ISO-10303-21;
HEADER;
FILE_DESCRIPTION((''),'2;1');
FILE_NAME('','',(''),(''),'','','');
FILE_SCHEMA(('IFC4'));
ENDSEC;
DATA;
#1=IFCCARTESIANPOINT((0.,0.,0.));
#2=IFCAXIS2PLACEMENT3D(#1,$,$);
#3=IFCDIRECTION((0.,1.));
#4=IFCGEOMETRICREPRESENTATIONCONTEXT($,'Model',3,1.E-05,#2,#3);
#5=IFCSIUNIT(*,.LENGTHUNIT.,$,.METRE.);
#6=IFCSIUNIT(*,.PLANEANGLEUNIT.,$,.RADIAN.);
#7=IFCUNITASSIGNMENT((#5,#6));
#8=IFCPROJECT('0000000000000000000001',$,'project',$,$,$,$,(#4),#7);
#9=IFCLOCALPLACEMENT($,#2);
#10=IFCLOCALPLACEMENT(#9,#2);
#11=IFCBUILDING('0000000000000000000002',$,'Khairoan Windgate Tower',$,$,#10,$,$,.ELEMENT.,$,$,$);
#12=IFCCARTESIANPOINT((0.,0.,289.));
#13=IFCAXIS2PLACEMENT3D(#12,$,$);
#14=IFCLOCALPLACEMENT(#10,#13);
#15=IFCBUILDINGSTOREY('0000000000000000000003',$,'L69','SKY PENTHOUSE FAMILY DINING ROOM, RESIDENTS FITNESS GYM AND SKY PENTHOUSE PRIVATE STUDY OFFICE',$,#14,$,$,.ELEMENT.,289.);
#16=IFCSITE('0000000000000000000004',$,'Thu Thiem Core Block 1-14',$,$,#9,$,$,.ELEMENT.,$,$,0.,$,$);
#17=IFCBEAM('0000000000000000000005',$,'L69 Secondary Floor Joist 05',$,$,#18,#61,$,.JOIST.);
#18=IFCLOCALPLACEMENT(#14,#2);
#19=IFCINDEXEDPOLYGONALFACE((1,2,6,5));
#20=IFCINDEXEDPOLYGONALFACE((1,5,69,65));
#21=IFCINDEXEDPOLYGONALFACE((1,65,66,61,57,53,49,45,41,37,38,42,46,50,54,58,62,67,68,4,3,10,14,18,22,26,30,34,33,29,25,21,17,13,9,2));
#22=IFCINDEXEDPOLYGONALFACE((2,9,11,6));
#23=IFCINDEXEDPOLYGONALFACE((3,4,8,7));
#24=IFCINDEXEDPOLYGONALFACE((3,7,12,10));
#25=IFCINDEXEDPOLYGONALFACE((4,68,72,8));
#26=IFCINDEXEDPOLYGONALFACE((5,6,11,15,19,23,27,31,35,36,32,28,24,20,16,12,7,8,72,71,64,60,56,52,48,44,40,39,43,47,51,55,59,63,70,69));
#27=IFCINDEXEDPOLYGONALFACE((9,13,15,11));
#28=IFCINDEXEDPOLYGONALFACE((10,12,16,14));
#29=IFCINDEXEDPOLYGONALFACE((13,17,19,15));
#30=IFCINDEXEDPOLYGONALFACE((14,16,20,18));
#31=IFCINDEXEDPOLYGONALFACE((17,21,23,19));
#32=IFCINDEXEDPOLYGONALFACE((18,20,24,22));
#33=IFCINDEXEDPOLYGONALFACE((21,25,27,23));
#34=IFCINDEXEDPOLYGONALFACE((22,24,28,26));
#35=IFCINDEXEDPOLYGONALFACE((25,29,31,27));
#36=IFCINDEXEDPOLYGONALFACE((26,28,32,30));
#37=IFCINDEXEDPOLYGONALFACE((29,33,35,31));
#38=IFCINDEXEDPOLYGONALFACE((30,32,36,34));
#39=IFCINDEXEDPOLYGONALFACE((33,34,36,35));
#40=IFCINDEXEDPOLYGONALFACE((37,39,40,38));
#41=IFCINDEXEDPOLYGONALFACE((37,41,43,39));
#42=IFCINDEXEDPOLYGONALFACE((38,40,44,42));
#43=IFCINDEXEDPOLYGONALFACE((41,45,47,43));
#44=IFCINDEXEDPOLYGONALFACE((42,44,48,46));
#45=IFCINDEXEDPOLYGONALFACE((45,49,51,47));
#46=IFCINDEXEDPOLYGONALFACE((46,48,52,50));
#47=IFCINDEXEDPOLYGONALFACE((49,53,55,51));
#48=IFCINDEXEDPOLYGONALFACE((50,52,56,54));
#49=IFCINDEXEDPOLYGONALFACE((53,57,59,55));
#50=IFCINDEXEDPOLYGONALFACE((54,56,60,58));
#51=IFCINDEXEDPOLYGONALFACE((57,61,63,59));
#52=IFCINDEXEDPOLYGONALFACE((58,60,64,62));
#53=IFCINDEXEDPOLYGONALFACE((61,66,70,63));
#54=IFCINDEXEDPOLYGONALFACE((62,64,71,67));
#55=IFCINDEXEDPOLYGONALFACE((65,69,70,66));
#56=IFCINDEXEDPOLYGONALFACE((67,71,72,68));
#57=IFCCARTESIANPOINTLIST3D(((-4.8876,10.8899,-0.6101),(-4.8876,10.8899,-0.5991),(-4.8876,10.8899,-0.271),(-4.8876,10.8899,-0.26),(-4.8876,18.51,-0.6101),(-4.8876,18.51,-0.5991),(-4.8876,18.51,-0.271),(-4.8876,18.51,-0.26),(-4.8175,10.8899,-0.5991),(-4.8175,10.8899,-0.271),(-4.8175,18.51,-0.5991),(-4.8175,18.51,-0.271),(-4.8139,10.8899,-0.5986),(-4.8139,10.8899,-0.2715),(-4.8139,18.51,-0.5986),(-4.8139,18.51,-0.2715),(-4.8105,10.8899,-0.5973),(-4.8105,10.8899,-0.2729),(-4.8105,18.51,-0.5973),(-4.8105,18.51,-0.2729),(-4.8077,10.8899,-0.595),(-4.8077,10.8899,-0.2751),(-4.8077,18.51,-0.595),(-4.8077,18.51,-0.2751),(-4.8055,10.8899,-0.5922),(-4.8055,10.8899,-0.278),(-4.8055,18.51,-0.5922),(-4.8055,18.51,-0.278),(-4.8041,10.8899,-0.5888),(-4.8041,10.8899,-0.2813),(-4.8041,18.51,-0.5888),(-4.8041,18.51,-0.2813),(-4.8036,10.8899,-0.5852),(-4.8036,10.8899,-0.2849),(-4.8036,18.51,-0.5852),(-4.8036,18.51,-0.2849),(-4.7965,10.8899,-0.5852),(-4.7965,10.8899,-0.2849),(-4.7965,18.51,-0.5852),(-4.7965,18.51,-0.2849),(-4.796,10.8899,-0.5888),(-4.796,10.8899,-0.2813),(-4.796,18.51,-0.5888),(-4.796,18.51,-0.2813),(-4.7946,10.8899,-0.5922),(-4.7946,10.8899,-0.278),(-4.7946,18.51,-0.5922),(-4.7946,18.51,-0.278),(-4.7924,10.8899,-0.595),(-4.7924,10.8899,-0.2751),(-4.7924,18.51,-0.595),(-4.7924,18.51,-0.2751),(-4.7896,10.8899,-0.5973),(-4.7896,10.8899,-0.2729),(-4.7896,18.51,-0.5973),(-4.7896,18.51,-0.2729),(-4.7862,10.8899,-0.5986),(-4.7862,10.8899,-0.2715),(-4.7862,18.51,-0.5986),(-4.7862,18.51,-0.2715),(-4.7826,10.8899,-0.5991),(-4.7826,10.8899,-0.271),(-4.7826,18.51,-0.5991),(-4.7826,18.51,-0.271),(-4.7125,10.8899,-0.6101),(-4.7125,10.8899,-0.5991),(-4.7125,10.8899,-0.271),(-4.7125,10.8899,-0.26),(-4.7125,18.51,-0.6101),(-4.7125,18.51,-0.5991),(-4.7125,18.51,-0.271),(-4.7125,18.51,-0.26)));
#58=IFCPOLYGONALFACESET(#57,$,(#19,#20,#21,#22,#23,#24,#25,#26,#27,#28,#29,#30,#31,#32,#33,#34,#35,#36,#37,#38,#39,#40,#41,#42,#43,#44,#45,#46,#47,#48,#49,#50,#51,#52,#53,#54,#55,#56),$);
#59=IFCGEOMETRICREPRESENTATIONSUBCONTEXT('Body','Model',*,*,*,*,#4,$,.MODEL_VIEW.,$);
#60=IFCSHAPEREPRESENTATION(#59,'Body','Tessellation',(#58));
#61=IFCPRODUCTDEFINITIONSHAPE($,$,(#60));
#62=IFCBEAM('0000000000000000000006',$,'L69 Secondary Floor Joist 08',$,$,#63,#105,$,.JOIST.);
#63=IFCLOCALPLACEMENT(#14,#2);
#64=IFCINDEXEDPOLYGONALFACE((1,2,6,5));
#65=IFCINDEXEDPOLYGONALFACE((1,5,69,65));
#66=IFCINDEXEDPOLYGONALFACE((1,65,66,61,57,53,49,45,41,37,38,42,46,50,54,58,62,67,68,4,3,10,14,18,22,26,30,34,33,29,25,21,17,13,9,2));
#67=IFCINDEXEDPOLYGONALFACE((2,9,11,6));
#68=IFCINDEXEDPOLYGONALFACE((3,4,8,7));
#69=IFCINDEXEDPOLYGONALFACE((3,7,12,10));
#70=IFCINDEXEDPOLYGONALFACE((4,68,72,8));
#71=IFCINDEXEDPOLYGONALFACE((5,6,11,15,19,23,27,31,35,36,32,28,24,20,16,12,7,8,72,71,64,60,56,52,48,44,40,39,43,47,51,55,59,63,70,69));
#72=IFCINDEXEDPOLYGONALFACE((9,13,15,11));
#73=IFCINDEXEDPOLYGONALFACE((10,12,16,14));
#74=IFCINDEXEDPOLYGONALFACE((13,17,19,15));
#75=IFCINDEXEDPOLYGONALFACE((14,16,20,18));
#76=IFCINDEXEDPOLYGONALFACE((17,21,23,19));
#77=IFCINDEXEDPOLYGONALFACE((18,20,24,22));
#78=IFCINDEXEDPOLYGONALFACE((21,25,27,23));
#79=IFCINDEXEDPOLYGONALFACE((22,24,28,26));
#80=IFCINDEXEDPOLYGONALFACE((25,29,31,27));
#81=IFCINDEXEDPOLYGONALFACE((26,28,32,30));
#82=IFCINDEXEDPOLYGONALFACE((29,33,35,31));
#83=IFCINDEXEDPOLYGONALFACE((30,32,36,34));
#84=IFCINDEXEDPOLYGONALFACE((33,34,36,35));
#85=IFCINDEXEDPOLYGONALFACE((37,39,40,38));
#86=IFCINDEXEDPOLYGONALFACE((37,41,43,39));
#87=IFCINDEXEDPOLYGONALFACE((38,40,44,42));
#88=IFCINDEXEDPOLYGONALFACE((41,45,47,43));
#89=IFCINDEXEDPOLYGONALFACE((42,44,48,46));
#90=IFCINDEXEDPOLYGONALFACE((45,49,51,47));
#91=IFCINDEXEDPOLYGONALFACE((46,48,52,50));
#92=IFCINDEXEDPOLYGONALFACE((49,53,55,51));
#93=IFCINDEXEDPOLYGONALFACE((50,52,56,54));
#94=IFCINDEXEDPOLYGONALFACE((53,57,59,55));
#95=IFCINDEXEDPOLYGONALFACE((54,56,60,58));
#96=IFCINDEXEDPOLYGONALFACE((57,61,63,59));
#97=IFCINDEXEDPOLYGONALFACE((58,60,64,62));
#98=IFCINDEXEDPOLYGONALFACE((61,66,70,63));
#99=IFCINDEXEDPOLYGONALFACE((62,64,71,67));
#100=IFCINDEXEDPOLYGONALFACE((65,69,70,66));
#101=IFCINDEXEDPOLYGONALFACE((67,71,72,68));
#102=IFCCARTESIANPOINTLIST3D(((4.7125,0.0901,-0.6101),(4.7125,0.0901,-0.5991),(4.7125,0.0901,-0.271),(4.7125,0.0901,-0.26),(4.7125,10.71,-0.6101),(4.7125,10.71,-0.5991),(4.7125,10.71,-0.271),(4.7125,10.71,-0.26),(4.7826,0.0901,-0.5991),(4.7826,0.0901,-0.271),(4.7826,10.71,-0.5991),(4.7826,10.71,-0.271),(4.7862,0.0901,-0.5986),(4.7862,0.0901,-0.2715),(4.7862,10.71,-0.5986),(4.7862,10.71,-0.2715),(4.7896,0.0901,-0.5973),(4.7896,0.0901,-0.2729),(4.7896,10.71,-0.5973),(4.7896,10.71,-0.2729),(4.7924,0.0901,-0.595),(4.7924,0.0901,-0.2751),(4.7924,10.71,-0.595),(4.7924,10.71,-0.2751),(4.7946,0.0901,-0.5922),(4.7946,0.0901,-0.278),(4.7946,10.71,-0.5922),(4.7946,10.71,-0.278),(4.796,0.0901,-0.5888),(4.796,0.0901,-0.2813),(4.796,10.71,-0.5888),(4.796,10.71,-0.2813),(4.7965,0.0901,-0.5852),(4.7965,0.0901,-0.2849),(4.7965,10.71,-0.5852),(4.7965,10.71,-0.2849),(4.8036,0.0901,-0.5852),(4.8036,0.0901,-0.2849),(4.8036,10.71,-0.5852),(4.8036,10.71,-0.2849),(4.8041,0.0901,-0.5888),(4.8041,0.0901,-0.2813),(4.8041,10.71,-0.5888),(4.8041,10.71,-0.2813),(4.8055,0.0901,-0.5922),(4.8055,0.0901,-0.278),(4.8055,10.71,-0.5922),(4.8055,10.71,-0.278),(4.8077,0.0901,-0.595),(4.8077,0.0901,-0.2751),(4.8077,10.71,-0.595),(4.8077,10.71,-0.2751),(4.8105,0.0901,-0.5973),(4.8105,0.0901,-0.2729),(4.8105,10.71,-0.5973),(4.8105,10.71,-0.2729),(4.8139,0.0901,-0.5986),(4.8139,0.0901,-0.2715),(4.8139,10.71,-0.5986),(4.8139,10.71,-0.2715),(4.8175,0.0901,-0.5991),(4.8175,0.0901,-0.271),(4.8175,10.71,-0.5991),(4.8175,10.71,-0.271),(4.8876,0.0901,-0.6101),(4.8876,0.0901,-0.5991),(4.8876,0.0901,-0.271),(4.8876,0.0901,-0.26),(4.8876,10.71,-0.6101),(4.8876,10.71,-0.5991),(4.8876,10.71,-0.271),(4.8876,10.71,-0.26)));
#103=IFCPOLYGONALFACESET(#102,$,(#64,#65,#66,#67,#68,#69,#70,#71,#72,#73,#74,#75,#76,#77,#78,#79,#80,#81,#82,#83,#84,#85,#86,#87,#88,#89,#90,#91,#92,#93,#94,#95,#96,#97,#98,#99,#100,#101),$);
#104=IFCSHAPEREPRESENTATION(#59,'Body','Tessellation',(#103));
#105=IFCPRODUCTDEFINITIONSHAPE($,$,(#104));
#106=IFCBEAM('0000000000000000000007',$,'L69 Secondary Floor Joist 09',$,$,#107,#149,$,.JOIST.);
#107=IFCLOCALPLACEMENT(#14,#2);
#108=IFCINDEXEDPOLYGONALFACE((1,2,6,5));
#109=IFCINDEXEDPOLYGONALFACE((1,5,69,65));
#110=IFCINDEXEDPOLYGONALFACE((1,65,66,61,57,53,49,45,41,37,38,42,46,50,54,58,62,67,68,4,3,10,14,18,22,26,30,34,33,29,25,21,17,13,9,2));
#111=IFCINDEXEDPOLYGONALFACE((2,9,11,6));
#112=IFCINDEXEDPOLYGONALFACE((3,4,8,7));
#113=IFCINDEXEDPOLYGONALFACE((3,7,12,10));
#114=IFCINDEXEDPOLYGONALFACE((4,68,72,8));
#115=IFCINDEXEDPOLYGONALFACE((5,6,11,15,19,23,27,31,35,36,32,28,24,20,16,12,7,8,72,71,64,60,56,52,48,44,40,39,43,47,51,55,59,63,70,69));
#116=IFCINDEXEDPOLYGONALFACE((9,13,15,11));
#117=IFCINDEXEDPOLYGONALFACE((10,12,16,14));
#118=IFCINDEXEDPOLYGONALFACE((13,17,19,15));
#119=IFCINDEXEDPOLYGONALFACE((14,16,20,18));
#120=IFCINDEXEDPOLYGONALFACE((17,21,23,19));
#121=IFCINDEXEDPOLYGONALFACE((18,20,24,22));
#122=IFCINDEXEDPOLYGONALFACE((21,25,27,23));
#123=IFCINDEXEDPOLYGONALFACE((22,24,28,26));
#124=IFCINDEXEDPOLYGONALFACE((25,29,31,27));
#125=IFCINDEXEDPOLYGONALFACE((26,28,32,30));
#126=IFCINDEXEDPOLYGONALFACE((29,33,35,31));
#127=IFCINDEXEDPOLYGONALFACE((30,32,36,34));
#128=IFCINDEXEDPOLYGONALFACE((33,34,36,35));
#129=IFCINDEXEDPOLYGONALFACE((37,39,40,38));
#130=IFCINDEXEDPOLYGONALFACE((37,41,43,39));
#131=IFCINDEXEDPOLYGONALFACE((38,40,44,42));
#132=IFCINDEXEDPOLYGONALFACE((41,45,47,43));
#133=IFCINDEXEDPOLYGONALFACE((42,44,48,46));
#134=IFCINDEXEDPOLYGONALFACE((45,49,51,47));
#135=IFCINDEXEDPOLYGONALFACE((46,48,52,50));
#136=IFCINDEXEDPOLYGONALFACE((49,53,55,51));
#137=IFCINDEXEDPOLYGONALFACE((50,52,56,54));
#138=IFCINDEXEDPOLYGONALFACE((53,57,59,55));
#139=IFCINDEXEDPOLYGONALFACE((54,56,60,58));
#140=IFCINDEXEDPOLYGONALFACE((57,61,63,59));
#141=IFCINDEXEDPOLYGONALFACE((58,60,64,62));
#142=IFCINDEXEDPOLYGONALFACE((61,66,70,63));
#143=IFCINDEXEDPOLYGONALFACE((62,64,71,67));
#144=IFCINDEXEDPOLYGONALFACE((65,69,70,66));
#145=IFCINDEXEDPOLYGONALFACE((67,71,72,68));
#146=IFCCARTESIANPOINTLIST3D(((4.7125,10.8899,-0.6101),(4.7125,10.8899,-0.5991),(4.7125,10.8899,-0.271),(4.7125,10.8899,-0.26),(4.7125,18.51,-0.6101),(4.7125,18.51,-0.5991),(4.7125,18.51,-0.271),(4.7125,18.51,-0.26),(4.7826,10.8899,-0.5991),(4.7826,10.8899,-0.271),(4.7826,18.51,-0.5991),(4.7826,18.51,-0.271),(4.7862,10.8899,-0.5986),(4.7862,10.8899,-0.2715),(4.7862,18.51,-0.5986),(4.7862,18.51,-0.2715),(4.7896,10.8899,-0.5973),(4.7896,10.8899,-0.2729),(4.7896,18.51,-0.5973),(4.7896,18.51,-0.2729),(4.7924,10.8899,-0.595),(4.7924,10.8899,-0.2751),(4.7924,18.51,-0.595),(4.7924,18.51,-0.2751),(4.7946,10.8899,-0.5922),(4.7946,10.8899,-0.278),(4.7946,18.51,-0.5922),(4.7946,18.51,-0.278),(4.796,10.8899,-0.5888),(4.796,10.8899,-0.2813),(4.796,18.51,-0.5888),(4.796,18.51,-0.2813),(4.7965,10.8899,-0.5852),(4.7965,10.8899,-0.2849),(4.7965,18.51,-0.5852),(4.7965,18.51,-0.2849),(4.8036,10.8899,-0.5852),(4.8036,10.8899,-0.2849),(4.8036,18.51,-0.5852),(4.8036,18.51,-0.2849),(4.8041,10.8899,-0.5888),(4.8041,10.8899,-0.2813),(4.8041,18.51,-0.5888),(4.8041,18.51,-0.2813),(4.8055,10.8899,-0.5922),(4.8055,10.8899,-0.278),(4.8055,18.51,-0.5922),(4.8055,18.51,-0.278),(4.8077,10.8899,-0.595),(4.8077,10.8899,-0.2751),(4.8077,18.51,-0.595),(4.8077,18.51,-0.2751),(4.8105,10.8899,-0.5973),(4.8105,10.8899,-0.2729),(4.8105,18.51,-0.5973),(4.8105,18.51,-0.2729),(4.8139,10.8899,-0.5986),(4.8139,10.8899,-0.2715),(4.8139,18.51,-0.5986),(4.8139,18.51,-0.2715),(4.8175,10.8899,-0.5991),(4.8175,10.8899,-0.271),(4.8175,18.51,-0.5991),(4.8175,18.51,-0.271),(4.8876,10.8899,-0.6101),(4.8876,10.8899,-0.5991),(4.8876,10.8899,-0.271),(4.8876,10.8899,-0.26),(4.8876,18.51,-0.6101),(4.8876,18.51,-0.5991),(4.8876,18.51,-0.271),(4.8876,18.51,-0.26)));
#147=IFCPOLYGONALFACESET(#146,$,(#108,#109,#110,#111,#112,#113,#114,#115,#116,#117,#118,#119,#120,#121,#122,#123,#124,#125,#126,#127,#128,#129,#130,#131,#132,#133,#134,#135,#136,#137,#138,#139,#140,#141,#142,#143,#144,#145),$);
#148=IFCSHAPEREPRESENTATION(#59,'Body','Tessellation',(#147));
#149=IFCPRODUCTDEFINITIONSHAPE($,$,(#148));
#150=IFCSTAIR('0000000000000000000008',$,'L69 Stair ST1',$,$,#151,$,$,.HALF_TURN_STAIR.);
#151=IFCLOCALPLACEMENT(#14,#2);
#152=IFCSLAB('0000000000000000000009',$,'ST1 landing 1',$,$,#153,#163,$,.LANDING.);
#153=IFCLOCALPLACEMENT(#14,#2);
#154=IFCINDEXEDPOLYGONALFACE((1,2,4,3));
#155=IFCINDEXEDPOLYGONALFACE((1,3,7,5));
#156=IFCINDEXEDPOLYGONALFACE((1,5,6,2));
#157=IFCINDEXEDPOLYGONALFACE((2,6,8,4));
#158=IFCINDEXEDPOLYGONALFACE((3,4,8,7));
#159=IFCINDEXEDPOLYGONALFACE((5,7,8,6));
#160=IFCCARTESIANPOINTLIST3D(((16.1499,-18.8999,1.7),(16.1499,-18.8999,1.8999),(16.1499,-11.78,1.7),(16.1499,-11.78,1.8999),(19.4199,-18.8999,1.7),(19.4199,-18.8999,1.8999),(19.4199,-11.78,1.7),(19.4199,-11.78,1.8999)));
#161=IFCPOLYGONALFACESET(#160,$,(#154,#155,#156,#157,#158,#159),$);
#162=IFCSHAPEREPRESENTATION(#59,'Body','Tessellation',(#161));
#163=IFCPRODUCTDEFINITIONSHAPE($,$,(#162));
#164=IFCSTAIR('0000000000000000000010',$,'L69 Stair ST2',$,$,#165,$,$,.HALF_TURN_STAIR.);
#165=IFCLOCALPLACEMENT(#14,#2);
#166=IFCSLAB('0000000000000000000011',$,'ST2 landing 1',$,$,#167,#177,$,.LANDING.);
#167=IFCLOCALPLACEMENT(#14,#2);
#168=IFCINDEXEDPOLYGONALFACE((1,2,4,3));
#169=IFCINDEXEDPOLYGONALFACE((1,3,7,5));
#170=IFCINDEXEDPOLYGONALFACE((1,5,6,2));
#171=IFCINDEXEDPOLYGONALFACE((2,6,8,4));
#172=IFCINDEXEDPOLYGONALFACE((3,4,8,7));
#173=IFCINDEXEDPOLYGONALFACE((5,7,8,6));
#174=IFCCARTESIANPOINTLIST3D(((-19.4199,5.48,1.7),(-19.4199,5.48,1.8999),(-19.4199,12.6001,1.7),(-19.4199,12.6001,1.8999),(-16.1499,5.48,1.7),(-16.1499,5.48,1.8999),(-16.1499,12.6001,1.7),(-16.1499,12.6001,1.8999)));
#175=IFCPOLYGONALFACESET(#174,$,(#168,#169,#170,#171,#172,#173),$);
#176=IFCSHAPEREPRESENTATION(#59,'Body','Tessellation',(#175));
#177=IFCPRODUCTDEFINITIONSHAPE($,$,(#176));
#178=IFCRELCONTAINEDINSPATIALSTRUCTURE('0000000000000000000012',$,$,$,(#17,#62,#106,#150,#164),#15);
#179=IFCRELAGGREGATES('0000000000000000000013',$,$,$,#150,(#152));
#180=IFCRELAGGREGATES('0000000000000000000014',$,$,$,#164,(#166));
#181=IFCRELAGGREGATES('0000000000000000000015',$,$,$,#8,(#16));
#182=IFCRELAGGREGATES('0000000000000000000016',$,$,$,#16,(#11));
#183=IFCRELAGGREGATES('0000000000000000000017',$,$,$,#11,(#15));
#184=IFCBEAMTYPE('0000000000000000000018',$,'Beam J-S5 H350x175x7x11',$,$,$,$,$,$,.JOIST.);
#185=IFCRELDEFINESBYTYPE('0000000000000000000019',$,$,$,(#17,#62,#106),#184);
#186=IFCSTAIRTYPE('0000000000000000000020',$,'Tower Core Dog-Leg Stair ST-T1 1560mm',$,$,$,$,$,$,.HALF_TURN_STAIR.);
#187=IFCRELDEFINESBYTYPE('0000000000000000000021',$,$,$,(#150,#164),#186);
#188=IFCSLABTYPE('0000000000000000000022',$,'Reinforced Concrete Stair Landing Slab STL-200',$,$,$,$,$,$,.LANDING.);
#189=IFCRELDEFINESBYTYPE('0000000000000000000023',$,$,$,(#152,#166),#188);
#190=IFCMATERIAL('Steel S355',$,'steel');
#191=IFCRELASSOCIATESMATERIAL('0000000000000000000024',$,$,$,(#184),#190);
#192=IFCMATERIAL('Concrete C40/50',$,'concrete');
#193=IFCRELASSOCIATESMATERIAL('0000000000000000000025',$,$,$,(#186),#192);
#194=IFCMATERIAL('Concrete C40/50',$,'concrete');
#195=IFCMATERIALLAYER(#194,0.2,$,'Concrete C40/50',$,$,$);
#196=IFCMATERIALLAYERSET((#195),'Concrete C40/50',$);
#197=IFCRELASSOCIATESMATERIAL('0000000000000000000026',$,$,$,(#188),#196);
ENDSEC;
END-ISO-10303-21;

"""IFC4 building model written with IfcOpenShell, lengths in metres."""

from ifc_helpers import new_model, si_unit, direction, frame, origin, origin_2d, place, context, subcontext, project, spatial, polyline, i_section, outline, extrude, material, layer, layer_set, material_profile, profile_set, type_object, element, aggregate, save


model = new_model("IFC4")

# Units and contexts
model_context = context("Model", 3, precision=1e-05, world=origin(), true_north=direction((0.0, 1.0)))
body_context = subcontext(model_context, "Body", "Model", "MODEL_VIEW")
ifc_project = project(units=[si_unit("LENGTHUNIT", "METRE"), si_unit("PLANEANGLEUNIT", "RADIAN")], contexts=[model_context])

# Site, building, storey
site_placement = place(None, origin())
site = spatial("IfcSite", under=ifc_project, at=site_placement, Name="Thu Thiem Core Block 1-14", CompositionType="ELEMENT", RefElevation=0.0)
building_placement = place(site_placement, origin())
building = spatial("IfcBuilding", under=site, at=building_placement, Name="Khairoan Windgate Tower", CompositionType="ELEMENT")
storey_placement = place(building_placement, frame((0.0, 0.0, 289.0)))
storey = spatial("IfcBuildingStorey", under=building, at=storey_placement, Name="L69", Description="SKY PENTHOUSE FAMILY DINING ROOM, RESIDENTS FITNESS GYM AND SKY PENTHOUSE PRIVATE STUDY OFFICE", CompositionType="ELEMENT", Elevation=289.0)

# Beams
ifc_material_1 = material(Name="Steel S355", Category="steel")
ifc_material_profile_1 = material_profile(ifc_material_1, i_section(OverallWidth=0.175, OverallDepth=0.3501, WebThickness=0.0071, FlangeThickness=0.011, FilletRadius=0.0139, at=origin_2d()))
ifc_profile_set_1 = profile_set([ifc_material_profile_1], Name="Steel S355")
beam_type_1 = type_object("IfcBeamType", Name="Beam J-S5 H350x175x7x11", PredefinedType="JOIST", material=ifc_profile_set_1)
beam_1_placement = place(storey_placement, frame((-4.8, 10.8899, -0.4351), z_axis=(0.0, 1.0, 0.0), x_axis=(-1.0, 0.0, 0.0)))
element("IfcBeam", 1, at=beam_1_placement, inside=storey, type_object=beam_type_1, Name="L69 Secondary Floor Joist 05", PredefinedType="JOIST", context=body_context, shape_type="SweptSolid", body=[
    extrude(i_section(OverallWidth=0.175, OverallDepth=0.3501, WebThickness=0.0071, FlangeThickness=0.011, FilletRadius=0.0139, at=origin_2d()), origin(), (0.0, 0.0, 1.0), 7.6201),
])
beam_2_placement = place(storey_placement, frame((4.8, 0.0901, -0.4351), z_axis=(0.0, 1.0, 0.0), x_axis=(-1.0, 0.0, 0.0)))
element("IfcBeam", 2, at=beam_2_placement, inside=storey, type_object=beam_type_1, Name="L69 Secondary Floor Joist 08", PredefinedType="JOIST", context=body_context, shape_type="SweptSolid", body=[
    extrude(i_section(OverallWidth=0.175, OverallDepth=0.3501, WebThickness=0.0071, FlangeThickness=0.011, FilletRadius=0.0139, at=origin_2d()), origin(), (0.0, 0.0, 1.0), 10.6199),
])
beam_3_placement = place(storey_placement, frame((4.8, 10.8899, -0.4351), z_axis=(0.0, 1.0, 0.0), x_axis=(-1.0, 0.0, 0.0)))
element("IfcBeam", 3, at=beam_3_placement, inside=storey, type_object=beam_type_1, Name="L69 Secondary Floor Joist 09", PredefinedType="JOIST", context=body_context, shape_type="SweptSolid", body=[
    extrude(i_section(OverallWidth=0.175, OverallDepth=0.3501, WebThickness=0.0071, FlangeThickness=0.011, FilletRadius=0.0139, at=origin_2d()), origin(), (0.0, 0.0, 1.0), 7.6201),
])

# Stairs, slabs
ifc_material_2 = material(Name="Concrete C40/50", Category="concrete")
stair_type = type_object("IfcStairType", Name="Tower Core Dog-Leg Stair ST-T1 1560mm", PredefinedType="HALF_TURN_STAIR", material=ifc_material_2)
stair_1_placement = place(storey_placement, origin())
stair_1 = element("IfcStair", 4, at=stair_1_placement, inside=storey, type_object=stair_type, Name="L69 Stair ST1", PredefinedType="HALF_TURN_STAIR")
ifc_material_3 = material(Name="Concrete C40/50", Category="concrete")
ifc_layer_1 = layer(ifc_material_3, 0.2, Name="Concrete C40/50")
ifc_layer_set_1 = layer_set([ifc_layer_1], Name="Concrete C40/50")
slab_type_1 = type_object("IfcSlabType", Name="Reinforced Concrete Stair Landing Slab STL-200", PredefinedType="LANDING", material=ifc_layer_set_1)
slab_1_placement = place(storey_placement, frame((0.0, 0.0, 1.7)))
slab_1 = element("IfcSlab", 5, at=slab_1_placement, type_object=slab_type_1, Name="ST1 landing 1", PredefinedType="LANDING", context=body_context, shape_type="SweptSolid", body=[
    extrude(outline(polyline([(16.1499, -11.78), (16.1499, -18.8999), (19.4199, -18.8999), (19.4199, -11.78), (16.1499, -11.78)])), origin(), (0.0, 0.0, 1.0), 0.2),
])
aggregate(stair_1, [slab_1])
stair_2_placement = place(storey_placement, origin())
stair_2 = element("IfcStair", 6, at=stair_2_placement, inside=storey, type_object=stair_type, Name="L69 Stair ST2", PredefinedType="HALF_TURN_STAIR")
slab_2_placement = place(storey_placement, frame((0.0, 0.0, 1.7)))
slab_2 = element("IfcSlab", 7, at=slab_2_placement, type_object=slab_type_1, Name="ST2 landing 1", PredefinedType="LANDING", context=body_context, shape_type="SweptSolid", body=[
    extrude(outline(polyline([(-16.1499, 5.48), (-16.1499, 12.6001), (-19.4199, 12.6001), (-19.4199, 5.48), (-16.1499, 5.48)])), origin(), (0.0, 0.0, 1.0), 0.2),
])
aggregate(stair_2, [slab_2])

save(model, "model.ifc")
